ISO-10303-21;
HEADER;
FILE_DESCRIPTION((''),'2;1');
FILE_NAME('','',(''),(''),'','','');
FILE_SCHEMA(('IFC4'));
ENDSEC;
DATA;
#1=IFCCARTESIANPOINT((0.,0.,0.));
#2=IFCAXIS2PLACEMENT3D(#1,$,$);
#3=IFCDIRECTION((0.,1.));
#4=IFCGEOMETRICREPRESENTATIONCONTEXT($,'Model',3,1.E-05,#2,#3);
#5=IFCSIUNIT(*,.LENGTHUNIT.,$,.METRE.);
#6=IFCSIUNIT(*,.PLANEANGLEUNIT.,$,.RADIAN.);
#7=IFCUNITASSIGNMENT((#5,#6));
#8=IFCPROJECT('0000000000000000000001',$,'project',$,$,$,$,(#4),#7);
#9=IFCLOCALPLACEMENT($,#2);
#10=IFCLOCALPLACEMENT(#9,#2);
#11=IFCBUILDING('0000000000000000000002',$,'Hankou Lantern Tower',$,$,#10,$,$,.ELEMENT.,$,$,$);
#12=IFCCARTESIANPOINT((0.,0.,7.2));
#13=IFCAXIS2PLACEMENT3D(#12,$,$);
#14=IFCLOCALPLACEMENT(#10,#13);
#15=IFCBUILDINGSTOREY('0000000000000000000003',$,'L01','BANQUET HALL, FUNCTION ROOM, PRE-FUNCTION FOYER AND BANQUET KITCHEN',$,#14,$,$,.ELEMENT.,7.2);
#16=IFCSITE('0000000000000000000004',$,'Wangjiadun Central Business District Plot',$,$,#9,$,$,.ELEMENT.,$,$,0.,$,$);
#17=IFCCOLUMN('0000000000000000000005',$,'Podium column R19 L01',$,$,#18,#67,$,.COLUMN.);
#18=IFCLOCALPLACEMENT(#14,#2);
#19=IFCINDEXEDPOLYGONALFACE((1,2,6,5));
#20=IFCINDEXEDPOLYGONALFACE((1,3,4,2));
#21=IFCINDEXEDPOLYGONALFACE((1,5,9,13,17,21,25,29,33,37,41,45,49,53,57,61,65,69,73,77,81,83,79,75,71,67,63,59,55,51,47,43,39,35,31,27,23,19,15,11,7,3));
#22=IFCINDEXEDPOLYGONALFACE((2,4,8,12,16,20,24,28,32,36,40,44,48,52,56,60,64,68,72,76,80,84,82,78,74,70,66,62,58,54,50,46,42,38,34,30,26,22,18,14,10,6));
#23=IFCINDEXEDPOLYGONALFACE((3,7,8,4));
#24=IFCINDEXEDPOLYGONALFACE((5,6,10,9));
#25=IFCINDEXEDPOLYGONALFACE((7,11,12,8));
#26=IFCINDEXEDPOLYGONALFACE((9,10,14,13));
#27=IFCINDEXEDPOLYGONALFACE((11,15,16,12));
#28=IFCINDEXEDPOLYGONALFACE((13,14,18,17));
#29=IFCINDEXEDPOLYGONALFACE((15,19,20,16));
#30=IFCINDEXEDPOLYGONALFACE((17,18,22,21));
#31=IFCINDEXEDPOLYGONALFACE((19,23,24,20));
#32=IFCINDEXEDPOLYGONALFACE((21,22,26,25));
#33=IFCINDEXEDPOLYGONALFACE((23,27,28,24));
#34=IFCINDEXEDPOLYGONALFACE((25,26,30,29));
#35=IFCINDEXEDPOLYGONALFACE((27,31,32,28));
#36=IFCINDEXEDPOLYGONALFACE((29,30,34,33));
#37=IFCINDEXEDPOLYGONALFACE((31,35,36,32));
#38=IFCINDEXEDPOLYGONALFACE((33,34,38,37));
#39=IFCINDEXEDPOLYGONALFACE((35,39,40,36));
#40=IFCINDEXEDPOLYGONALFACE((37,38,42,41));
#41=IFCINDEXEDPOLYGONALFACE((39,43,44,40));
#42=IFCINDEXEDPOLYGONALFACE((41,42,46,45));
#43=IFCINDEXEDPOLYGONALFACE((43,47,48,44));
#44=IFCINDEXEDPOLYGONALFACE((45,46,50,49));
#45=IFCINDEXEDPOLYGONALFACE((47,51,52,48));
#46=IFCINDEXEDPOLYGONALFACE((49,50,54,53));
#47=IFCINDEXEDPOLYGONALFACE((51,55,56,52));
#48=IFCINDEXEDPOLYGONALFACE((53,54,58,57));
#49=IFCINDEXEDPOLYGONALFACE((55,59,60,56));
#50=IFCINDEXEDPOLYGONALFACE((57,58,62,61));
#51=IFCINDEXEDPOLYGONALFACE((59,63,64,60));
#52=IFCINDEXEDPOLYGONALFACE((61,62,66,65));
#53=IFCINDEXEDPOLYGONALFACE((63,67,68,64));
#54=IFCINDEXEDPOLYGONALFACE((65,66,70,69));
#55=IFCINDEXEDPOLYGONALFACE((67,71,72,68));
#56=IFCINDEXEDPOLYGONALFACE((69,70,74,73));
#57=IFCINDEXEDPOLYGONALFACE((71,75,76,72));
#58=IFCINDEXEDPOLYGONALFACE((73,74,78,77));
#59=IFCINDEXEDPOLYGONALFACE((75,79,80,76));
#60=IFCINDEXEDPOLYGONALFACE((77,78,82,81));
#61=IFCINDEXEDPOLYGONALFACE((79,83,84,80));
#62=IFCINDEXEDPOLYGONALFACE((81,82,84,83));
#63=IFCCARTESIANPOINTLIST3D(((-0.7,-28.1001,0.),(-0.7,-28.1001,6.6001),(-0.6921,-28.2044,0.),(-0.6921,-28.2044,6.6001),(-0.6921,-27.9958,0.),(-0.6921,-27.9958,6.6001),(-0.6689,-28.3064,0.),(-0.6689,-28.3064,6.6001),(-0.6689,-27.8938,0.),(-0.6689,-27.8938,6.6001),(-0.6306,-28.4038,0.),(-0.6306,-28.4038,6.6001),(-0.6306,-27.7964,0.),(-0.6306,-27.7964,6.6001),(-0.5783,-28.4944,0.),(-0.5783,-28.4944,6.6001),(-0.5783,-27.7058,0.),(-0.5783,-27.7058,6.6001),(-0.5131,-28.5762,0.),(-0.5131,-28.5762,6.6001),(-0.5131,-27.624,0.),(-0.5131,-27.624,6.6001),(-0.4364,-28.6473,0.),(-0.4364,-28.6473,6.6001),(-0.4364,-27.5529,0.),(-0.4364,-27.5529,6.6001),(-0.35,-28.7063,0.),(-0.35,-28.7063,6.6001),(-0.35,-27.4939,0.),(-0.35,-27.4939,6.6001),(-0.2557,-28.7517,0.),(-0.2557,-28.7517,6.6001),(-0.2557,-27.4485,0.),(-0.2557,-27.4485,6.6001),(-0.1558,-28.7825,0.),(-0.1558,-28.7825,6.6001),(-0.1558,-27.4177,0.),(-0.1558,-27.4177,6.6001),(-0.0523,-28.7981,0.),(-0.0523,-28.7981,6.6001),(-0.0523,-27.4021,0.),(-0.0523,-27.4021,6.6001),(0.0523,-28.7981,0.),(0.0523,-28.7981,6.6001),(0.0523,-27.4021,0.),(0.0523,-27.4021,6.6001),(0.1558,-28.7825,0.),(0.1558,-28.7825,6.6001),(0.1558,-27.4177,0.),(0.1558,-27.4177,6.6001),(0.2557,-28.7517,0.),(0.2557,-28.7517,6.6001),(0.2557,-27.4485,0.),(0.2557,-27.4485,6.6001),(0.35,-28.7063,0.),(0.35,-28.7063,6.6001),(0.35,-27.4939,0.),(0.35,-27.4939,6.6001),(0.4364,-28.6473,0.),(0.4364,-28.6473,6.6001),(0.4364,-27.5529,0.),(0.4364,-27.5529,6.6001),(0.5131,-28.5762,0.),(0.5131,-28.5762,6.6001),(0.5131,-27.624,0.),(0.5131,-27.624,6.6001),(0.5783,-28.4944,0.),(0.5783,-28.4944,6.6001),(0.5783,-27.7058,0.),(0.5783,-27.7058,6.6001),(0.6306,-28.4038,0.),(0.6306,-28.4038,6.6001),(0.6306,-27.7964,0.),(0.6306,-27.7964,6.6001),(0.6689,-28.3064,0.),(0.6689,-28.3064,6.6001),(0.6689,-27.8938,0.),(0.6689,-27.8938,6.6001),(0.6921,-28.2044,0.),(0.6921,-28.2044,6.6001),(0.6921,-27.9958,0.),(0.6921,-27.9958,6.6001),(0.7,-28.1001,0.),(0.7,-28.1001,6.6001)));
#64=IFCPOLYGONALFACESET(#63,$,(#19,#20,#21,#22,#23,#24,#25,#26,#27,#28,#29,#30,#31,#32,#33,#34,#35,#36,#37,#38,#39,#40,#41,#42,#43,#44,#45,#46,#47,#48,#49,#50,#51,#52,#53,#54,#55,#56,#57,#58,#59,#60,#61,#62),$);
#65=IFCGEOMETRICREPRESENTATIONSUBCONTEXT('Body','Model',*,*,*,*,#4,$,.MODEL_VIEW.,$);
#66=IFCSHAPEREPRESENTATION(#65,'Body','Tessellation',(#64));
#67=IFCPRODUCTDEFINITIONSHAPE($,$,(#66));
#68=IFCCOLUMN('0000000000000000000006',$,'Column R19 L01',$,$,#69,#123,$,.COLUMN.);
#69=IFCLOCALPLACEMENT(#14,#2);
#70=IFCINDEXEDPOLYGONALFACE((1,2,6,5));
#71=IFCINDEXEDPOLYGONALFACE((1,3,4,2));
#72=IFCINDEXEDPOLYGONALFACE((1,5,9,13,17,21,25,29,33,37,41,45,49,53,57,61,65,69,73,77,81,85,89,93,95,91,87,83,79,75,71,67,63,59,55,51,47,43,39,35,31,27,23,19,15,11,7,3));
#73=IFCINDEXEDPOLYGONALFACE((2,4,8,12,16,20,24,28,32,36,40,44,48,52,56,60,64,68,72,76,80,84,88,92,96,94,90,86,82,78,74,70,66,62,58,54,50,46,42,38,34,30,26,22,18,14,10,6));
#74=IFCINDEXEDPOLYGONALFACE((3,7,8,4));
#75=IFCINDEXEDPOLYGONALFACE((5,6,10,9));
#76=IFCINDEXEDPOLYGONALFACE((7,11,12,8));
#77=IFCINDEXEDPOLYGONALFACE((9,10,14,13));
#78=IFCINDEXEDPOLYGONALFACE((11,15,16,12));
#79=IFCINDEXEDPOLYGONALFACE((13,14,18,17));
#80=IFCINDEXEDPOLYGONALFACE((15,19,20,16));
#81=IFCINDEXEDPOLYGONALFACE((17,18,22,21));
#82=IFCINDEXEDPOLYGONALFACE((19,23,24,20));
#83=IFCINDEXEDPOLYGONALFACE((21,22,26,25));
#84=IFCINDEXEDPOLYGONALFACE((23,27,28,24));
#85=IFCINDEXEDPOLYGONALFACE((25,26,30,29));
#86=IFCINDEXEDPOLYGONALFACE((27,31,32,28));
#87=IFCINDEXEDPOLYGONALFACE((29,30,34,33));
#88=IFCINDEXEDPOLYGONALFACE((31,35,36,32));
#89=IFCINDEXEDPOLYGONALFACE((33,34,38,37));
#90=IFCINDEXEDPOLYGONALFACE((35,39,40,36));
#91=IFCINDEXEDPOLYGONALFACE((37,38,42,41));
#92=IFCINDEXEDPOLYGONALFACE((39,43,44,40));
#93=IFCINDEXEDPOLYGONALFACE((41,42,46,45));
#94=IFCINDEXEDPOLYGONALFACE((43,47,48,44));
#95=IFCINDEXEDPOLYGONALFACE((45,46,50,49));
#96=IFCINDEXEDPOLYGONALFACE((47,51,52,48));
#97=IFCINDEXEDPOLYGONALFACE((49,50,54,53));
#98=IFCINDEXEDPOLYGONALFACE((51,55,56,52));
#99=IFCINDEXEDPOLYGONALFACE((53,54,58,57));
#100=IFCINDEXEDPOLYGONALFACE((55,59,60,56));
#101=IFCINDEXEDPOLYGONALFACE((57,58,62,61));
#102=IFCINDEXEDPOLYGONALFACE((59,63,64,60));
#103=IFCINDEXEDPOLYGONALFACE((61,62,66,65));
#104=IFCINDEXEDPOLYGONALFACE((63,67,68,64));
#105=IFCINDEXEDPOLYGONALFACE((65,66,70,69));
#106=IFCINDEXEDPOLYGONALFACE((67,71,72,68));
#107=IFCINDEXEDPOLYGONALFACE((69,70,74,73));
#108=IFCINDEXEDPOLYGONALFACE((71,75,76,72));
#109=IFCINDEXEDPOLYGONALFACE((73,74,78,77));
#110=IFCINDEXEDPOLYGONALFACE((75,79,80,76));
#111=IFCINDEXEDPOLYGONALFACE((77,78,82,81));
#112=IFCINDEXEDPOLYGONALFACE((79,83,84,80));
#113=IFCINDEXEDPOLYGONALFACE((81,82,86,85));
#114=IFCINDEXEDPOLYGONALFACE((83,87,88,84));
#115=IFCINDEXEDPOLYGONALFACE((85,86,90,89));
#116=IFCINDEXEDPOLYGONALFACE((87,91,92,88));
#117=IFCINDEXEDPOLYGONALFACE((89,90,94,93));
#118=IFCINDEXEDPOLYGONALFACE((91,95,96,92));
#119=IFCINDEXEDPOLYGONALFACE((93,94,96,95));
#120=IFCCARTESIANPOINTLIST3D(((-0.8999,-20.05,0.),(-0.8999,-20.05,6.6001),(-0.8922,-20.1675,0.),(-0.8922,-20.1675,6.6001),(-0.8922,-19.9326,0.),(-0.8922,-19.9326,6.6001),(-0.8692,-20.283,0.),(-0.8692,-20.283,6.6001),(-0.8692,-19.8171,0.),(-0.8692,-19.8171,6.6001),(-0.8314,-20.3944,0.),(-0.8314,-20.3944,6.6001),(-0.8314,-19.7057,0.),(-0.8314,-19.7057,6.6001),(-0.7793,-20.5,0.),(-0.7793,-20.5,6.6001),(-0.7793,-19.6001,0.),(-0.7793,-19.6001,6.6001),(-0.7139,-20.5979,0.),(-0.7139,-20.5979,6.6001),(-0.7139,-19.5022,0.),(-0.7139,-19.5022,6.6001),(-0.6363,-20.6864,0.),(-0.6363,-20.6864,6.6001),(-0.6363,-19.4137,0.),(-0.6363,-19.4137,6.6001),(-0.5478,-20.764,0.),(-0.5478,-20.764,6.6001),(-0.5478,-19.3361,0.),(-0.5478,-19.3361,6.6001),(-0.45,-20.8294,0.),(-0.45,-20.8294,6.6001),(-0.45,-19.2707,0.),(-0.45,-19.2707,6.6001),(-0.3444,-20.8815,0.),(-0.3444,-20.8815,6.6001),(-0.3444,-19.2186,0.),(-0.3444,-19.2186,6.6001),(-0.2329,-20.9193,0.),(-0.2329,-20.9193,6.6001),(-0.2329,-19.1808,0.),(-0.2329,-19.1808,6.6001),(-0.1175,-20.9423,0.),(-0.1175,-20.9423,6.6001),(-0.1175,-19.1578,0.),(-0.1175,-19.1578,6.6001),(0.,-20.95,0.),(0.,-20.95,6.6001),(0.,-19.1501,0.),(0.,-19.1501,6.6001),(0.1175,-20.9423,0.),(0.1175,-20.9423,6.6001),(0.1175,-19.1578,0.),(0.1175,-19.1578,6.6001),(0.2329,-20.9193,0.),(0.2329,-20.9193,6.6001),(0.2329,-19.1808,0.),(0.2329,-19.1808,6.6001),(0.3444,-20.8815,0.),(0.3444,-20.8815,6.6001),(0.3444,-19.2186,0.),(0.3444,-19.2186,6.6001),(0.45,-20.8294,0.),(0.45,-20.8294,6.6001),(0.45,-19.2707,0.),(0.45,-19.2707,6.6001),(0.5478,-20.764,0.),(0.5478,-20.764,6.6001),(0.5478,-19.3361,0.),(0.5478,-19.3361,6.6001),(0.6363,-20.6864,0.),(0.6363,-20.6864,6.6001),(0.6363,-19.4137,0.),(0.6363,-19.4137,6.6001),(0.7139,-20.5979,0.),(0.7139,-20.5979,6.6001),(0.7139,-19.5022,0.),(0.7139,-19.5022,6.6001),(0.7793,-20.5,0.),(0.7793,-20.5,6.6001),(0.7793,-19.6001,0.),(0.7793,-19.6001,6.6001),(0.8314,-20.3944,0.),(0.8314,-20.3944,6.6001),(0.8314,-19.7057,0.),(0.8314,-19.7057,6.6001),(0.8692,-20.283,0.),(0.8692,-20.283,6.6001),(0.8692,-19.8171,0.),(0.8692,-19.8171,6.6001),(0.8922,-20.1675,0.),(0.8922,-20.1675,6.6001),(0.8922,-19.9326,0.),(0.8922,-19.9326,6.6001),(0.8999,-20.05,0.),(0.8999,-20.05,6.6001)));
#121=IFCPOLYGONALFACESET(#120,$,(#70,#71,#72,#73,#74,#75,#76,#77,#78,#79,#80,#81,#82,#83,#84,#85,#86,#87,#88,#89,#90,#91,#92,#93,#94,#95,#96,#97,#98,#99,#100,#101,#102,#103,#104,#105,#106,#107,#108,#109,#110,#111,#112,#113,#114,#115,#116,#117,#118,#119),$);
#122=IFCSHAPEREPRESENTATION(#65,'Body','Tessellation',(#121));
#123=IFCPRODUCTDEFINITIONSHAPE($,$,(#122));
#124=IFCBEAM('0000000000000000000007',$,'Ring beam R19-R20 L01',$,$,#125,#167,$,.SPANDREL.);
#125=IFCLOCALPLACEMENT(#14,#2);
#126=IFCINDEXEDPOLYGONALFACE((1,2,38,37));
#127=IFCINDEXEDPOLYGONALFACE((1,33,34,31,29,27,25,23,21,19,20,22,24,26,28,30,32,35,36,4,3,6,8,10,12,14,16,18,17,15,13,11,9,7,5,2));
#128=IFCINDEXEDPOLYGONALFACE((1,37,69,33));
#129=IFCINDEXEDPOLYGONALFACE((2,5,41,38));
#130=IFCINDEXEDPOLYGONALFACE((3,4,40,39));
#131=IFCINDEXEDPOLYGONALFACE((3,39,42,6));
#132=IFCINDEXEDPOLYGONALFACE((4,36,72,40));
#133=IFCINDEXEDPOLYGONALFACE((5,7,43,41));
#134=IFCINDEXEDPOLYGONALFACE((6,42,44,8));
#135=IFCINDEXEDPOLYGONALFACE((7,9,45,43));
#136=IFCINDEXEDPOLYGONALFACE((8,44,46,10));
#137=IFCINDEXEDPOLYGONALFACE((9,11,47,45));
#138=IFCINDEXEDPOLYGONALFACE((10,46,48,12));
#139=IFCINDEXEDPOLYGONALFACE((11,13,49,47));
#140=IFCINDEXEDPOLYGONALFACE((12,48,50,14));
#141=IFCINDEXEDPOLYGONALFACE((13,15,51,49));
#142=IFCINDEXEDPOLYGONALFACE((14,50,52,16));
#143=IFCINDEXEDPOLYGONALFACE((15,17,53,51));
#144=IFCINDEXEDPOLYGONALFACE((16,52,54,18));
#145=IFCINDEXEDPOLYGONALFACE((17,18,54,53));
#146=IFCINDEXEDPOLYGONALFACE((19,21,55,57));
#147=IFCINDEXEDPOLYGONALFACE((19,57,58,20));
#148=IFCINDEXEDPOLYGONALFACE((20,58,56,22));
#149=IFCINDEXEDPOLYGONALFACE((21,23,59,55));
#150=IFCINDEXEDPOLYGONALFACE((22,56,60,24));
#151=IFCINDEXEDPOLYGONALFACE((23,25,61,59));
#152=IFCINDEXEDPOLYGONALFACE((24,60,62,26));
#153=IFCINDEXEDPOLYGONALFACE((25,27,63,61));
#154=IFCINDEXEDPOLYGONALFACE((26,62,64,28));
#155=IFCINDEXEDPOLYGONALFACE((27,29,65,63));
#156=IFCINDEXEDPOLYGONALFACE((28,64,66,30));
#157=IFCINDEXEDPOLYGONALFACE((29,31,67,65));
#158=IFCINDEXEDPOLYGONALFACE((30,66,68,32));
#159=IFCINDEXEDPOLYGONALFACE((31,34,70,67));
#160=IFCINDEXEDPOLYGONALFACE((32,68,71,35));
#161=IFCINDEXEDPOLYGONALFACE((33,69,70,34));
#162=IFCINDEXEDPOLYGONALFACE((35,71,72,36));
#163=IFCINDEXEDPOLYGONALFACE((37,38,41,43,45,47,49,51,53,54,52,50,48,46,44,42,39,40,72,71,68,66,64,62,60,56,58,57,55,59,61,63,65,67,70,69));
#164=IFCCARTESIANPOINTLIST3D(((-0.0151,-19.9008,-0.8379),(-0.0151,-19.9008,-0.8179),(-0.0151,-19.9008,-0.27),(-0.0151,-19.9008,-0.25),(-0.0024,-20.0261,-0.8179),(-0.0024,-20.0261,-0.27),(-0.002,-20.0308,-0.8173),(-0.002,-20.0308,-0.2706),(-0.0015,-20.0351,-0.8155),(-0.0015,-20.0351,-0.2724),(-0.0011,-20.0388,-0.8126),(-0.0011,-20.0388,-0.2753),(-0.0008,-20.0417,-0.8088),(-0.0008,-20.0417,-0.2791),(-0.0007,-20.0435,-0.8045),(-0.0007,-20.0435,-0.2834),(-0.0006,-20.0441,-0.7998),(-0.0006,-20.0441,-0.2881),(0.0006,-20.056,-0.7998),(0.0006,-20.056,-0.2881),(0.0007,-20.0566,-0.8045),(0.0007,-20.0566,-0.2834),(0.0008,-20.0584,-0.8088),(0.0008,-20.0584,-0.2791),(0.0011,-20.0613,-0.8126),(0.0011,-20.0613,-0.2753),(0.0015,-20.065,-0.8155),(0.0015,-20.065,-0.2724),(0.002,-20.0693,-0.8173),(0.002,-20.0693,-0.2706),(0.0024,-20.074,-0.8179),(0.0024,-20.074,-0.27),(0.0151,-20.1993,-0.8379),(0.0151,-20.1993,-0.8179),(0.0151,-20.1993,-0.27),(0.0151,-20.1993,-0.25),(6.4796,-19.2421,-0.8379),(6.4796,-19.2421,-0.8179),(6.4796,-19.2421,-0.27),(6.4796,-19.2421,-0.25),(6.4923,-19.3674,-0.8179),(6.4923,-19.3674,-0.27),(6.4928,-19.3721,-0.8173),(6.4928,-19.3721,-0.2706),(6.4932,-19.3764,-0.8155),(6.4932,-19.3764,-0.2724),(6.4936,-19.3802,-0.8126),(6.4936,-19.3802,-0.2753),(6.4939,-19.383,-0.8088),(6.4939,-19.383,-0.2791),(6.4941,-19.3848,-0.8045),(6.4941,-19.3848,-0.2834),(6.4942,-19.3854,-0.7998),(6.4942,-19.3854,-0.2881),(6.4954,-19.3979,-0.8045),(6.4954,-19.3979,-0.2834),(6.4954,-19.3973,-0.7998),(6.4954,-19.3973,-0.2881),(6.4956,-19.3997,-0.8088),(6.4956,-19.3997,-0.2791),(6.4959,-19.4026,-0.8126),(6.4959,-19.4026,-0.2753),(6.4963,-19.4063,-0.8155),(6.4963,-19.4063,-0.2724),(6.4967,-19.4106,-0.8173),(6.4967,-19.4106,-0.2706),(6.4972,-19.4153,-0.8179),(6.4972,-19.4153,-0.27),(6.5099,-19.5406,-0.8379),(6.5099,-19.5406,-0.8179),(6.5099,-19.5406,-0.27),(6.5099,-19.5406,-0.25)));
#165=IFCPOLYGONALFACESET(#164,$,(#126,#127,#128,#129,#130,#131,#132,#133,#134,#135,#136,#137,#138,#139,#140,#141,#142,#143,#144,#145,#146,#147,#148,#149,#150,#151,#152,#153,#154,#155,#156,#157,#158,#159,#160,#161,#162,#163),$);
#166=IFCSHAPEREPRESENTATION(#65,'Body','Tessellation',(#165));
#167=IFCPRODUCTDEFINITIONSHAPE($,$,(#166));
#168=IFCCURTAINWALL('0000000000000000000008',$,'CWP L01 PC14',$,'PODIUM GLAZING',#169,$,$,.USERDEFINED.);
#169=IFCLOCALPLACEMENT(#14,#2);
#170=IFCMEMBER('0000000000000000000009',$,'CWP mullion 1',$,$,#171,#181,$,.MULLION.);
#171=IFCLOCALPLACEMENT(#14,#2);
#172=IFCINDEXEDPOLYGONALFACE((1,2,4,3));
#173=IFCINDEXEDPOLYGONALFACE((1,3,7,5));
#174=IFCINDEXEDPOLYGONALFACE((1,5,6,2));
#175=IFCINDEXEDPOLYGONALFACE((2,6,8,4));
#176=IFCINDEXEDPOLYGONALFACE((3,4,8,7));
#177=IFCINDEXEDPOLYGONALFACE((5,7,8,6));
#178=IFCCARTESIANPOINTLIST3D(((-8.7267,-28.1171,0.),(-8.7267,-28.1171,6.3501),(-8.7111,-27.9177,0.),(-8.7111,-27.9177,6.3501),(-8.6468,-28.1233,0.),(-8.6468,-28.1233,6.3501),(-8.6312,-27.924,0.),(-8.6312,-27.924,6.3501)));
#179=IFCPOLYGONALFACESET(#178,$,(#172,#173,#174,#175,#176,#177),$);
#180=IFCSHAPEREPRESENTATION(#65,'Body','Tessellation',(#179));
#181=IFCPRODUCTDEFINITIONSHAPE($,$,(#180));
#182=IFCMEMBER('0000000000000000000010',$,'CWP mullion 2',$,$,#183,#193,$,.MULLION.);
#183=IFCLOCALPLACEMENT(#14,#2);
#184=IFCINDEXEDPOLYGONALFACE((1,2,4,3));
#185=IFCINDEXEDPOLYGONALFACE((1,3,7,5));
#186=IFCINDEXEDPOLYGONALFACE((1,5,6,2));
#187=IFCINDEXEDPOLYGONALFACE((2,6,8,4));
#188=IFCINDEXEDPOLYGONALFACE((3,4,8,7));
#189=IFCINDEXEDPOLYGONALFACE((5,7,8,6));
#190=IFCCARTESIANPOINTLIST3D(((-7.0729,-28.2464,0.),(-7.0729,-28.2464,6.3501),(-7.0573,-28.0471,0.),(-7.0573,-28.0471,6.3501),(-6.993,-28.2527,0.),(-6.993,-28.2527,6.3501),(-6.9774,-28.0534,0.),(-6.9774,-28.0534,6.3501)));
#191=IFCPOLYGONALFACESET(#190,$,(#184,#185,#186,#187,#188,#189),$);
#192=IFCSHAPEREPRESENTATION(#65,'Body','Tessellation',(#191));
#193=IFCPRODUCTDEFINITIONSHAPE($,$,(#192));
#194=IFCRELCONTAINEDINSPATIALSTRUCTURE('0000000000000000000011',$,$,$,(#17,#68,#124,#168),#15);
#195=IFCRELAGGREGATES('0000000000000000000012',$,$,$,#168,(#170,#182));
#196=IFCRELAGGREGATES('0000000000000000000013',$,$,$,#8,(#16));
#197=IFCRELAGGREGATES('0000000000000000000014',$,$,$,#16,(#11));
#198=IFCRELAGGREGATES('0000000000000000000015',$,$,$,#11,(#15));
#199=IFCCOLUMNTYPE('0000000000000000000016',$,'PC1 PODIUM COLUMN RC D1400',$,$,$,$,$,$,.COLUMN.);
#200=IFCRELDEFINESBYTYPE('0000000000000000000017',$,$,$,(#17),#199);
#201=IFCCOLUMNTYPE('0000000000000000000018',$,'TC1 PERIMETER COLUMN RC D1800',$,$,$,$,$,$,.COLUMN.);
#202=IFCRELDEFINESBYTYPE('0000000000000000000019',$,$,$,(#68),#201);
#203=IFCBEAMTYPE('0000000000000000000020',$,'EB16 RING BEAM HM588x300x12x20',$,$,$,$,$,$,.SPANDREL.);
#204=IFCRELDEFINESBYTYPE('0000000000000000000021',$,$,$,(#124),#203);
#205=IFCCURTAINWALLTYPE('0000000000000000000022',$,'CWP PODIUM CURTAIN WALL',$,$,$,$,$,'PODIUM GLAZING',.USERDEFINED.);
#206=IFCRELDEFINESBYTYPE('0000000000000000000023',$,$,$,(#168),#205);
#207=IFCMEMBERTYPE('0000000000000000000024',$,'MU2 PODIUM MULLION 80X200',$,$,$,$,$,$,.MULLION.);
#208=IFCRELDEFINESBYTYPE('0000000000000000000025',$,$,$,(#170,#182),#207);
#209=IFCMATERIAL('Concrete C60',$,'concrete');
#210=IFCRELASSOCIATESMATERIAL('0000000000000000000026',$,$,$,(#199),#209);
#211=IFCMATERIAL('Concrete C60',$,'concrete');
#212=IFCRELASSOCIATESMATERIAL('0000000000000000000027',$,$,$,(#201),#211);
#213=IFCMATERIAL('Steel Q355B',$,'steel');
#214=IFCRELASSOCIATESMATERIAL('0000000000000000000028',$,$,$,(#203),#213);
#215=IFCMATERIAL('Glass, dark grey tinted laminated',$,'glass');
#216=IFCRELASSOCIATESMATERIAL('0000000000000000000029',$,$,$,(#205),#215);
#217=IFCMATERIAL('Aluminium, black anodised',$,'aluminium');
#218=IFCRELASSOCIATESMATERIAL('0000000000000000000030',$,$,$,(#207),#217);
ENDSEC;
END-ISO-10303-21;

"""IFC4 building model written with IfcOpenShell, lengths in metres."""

from ifc_helpers import new_model, si_unit, direction, frame, origin, origin_2d, place, context, subcontext, project, spatial, rectangle, circle, i_section, extrude, material, material_profile, profile_set, type_object, element, aggregate, save


model = new_model("IFC4")

# Units and contexts
model_context = context("Model", 3, precision=1e-05, world=origin(), true_north=direction((0.0, 1.0)))
body_context = subcontext(model_context, "Body", "Model", "MODEL_VIEW")
ifc_project = project(units=[si_unit("LENGTHUNIT", "METRE"), si_unit("PLANEANGLEUNIT", "RADIAN")], contexts=[model_context])

# Site, building, storey
site_placement = place(None, origin())
site = spatial("IfcSite", under=ifc_project, at=site_placement, Name="Wangjiadun Central Business District Plot", CompositionType="ELEMENT", RefElevation=0.0)
building_placement = place(site_placement, origin())
building = spatial("IfcBuilding", under=site, at=building_placement, Name="Hankou Lantern Tower", CompositionType="ELEMENT")
storey_placement = place(building_placement, frame((0.0, 0.0, 7.2)))
storey = spatial("IfcBuildingStorey", under=building, at=storey_placement, Name="L01", Description="BANQUET HALL, FUNCTION ROOM, PRE-FUNCTION FOYER AND BANQUET KITCHEN", CompositionType="ELEMENT", Elevation=7.2)

# Columns
ifc_material_1 = material(Name="Concrete C60", Category="concrete")
ifc_material_profile_1 = material_profile(ifc_material_1, circle(Radius=0.7, at=origin_2d()), Name="RC D1400")
ifc_profile_set_1 = profile_set([ifc_material_profile_1], Name="Concrete C60")
column_type_1 = type_object("IfcColumnType", Name="PC1 PODIUM COLUMN RC D1400", PredefinedType="COLUMN", material=ifc_profile_set_1)
column_1_placement = place(storey_placement, frame((0.0, -28.1001, 0.0), z_axis=(0.0, 0.0, 1.0), x_axis=(1.0, 0.0, 0.0)))
element("IfcColumn", 1, at=column_1_placement, inside=storey, type_object=column_type_1, Name="Podium column R19 L01", PredefinedType="COLUMN", context=body_context, shape_type="SweptSolid", body=[
    extrude(circle(Radius=0.7, at=origin_2d()), origin(), (0.0, 0.0, 1.0), 6.6001),
])
ifc_material_2 = material(Name="Concrete C60", Category="concrete")
ifc_material_profile_2 = material_profile(ifc_material_2, circle(Radius=0.8999, at=origin_2d()), Name="RC D1800")
ifc_profile_set_2 = profile_set([ifc_material_profile_2], Name="Concrete C60")
column_type_2 = type_object("IfcColumnType", Name="TC1 PERIMETER COLUMN RC D1800", PredefinedType="COLUMN", material=ifc_profile_set_2)
column_2_placement = place(storey_placement, frame((0.0, -20.05, 0.0), z_axis=(0.0, 0.0, 1.0), x_axis=(1.0, 0.0, 0.0)))
element("IfcColumn", 2, at=column_2_placement, inside=storey, type_object=column_type_2, Name="Column R19 L01", PredefinedType="COLUMN", context=body_context, shape_type="SweptSolid", body=[
    extrude(circle(Radius=0.8999, at=origin_2d()), origin(), (0.0, 0.0, 1.0), 6.6001),
])

# Beam
ifc_material_3 = material(Name="Steel Q355B", Category="steel")
ifc_material_profile_3 = material_profile(ifc_material_3, i_section(OverallWidth=0.3, OverallDepth=0.5879, WebThickness=0.012, FlangeThickness=0.02, FilletRadius=0.0181, at=origin_2d()), Name="HM588x300x12x20")
ifc_profile_set_3 = profile_set([ifc_material_profile_3], Name="Steel Q355B")
beam_type_1 = type_object("IfcBeamType", Name="EB16 RING BEAM HM588x300x12x20", PredefinedType="SPANDREL", material=ifc_profile_set_3)
beam_1_placement = place(storey_placement, frame((0.0, -20.05, -0.5439), z_axis=(0.994897, 0.1009, 0.0), x_axis=(-0.1009, 0.994897, 0.0)))
element("IfcBeam", 3, at=beam_1_placement, inside=storey, type_object=beam_type_1, Name="Ring beam R19-R20 L01", PredefinedType="SPANDREL", context=body_context, shape_type="SweptSolid", body=[
    extrude(i_section(OverallWidth=0.3, OverallDepth=0.5879, WebThickness=0.012, FlangeThickness=0.02, FilletRadius=0.0181, at=origin_2d()), origin(), (0.0, 0.0, 1.0), 6.5281),
])

# Curtain wall, members
ifc_material_4 = material(Name="Glass, dark grey tinted laminated", Category="glass")
curtain_wall_type = type_object("IfcCurtainWallType", Name="CWP PODIUM CURTAIN WALL", ElementType="PODIUM GLAZING", PredefinedType="USERDEFINED", material=ifc_material_4)
curtain_wall_placement = place(storey_placement, origin())
curtain_wall = element("IfcCurtainWall", 4, at=curtain_wall_placement, inside=storey, type_object=curtain_wall_type, Name="CWP L01 PC14", ObjectType="PODIUM GLAZING", PredefinedType="USERDEFINED")
ifc_material_5 = material(Name="Aluminium, black anodised", Category="aluminium")
ifc_material_profile_4 = material_profile(ifc_material_5, rectangle(XDim=0.0801, YDim=0.2, at=origin_2d()), Name="MU2 80X200")
ifc_profile_set_4 = profile_set([ifc_material_profile_4], Name="Aluminium, black anodised")
member_type_1 = type_object("IfcMemberType", Name="MU2 PODIUM MULLION 80X200", PredefinedType="MULLION", material=ifc_profile_set_4)
member_1_placement = place(storey_placement, frame((-8.679, -28.0205, 0.0), z_axis=(0.0, 0.0, 1.0), x_axis=(0.996949, -0.078062, 0.0)))
member_1 = element("IfcMember", 5, at=member_1_placement, type_object=member_type_1, Name="CWP mullion 1", PredefinedType="MULLION", context=body_context, shape_type="SweptSolid", body=[
    extrude(rectangle(XDim=0.0801, YDim=0.2, at=origin_2d()), origin(), (0.0, 0.0, 1.0), 6.3501),
])
member_2_placement = place(storey_placement, frame((-7.0251, -28.1499, 0.0), z_axis=(0.0, 0.0, 1.0), x_axis=(0.996949, -0.078062, 0.0)))
member_2 = element("IfcMember", 6, at=member_2_placement, type_object=member_type_1, Name="CWP mullion 2", PredefinedType="MULLION", context=body_context, shape_type="SweptSolid", body=[
    extrude(rectangle(XDim=0.0801, YDim=0.2, at=origin_2d()), origin(), (0.0, 0.0, 1.0), 6.3501),
])

aggregate(curtain_wall, [member_1, member_2])

save(model, "model.ifc")
